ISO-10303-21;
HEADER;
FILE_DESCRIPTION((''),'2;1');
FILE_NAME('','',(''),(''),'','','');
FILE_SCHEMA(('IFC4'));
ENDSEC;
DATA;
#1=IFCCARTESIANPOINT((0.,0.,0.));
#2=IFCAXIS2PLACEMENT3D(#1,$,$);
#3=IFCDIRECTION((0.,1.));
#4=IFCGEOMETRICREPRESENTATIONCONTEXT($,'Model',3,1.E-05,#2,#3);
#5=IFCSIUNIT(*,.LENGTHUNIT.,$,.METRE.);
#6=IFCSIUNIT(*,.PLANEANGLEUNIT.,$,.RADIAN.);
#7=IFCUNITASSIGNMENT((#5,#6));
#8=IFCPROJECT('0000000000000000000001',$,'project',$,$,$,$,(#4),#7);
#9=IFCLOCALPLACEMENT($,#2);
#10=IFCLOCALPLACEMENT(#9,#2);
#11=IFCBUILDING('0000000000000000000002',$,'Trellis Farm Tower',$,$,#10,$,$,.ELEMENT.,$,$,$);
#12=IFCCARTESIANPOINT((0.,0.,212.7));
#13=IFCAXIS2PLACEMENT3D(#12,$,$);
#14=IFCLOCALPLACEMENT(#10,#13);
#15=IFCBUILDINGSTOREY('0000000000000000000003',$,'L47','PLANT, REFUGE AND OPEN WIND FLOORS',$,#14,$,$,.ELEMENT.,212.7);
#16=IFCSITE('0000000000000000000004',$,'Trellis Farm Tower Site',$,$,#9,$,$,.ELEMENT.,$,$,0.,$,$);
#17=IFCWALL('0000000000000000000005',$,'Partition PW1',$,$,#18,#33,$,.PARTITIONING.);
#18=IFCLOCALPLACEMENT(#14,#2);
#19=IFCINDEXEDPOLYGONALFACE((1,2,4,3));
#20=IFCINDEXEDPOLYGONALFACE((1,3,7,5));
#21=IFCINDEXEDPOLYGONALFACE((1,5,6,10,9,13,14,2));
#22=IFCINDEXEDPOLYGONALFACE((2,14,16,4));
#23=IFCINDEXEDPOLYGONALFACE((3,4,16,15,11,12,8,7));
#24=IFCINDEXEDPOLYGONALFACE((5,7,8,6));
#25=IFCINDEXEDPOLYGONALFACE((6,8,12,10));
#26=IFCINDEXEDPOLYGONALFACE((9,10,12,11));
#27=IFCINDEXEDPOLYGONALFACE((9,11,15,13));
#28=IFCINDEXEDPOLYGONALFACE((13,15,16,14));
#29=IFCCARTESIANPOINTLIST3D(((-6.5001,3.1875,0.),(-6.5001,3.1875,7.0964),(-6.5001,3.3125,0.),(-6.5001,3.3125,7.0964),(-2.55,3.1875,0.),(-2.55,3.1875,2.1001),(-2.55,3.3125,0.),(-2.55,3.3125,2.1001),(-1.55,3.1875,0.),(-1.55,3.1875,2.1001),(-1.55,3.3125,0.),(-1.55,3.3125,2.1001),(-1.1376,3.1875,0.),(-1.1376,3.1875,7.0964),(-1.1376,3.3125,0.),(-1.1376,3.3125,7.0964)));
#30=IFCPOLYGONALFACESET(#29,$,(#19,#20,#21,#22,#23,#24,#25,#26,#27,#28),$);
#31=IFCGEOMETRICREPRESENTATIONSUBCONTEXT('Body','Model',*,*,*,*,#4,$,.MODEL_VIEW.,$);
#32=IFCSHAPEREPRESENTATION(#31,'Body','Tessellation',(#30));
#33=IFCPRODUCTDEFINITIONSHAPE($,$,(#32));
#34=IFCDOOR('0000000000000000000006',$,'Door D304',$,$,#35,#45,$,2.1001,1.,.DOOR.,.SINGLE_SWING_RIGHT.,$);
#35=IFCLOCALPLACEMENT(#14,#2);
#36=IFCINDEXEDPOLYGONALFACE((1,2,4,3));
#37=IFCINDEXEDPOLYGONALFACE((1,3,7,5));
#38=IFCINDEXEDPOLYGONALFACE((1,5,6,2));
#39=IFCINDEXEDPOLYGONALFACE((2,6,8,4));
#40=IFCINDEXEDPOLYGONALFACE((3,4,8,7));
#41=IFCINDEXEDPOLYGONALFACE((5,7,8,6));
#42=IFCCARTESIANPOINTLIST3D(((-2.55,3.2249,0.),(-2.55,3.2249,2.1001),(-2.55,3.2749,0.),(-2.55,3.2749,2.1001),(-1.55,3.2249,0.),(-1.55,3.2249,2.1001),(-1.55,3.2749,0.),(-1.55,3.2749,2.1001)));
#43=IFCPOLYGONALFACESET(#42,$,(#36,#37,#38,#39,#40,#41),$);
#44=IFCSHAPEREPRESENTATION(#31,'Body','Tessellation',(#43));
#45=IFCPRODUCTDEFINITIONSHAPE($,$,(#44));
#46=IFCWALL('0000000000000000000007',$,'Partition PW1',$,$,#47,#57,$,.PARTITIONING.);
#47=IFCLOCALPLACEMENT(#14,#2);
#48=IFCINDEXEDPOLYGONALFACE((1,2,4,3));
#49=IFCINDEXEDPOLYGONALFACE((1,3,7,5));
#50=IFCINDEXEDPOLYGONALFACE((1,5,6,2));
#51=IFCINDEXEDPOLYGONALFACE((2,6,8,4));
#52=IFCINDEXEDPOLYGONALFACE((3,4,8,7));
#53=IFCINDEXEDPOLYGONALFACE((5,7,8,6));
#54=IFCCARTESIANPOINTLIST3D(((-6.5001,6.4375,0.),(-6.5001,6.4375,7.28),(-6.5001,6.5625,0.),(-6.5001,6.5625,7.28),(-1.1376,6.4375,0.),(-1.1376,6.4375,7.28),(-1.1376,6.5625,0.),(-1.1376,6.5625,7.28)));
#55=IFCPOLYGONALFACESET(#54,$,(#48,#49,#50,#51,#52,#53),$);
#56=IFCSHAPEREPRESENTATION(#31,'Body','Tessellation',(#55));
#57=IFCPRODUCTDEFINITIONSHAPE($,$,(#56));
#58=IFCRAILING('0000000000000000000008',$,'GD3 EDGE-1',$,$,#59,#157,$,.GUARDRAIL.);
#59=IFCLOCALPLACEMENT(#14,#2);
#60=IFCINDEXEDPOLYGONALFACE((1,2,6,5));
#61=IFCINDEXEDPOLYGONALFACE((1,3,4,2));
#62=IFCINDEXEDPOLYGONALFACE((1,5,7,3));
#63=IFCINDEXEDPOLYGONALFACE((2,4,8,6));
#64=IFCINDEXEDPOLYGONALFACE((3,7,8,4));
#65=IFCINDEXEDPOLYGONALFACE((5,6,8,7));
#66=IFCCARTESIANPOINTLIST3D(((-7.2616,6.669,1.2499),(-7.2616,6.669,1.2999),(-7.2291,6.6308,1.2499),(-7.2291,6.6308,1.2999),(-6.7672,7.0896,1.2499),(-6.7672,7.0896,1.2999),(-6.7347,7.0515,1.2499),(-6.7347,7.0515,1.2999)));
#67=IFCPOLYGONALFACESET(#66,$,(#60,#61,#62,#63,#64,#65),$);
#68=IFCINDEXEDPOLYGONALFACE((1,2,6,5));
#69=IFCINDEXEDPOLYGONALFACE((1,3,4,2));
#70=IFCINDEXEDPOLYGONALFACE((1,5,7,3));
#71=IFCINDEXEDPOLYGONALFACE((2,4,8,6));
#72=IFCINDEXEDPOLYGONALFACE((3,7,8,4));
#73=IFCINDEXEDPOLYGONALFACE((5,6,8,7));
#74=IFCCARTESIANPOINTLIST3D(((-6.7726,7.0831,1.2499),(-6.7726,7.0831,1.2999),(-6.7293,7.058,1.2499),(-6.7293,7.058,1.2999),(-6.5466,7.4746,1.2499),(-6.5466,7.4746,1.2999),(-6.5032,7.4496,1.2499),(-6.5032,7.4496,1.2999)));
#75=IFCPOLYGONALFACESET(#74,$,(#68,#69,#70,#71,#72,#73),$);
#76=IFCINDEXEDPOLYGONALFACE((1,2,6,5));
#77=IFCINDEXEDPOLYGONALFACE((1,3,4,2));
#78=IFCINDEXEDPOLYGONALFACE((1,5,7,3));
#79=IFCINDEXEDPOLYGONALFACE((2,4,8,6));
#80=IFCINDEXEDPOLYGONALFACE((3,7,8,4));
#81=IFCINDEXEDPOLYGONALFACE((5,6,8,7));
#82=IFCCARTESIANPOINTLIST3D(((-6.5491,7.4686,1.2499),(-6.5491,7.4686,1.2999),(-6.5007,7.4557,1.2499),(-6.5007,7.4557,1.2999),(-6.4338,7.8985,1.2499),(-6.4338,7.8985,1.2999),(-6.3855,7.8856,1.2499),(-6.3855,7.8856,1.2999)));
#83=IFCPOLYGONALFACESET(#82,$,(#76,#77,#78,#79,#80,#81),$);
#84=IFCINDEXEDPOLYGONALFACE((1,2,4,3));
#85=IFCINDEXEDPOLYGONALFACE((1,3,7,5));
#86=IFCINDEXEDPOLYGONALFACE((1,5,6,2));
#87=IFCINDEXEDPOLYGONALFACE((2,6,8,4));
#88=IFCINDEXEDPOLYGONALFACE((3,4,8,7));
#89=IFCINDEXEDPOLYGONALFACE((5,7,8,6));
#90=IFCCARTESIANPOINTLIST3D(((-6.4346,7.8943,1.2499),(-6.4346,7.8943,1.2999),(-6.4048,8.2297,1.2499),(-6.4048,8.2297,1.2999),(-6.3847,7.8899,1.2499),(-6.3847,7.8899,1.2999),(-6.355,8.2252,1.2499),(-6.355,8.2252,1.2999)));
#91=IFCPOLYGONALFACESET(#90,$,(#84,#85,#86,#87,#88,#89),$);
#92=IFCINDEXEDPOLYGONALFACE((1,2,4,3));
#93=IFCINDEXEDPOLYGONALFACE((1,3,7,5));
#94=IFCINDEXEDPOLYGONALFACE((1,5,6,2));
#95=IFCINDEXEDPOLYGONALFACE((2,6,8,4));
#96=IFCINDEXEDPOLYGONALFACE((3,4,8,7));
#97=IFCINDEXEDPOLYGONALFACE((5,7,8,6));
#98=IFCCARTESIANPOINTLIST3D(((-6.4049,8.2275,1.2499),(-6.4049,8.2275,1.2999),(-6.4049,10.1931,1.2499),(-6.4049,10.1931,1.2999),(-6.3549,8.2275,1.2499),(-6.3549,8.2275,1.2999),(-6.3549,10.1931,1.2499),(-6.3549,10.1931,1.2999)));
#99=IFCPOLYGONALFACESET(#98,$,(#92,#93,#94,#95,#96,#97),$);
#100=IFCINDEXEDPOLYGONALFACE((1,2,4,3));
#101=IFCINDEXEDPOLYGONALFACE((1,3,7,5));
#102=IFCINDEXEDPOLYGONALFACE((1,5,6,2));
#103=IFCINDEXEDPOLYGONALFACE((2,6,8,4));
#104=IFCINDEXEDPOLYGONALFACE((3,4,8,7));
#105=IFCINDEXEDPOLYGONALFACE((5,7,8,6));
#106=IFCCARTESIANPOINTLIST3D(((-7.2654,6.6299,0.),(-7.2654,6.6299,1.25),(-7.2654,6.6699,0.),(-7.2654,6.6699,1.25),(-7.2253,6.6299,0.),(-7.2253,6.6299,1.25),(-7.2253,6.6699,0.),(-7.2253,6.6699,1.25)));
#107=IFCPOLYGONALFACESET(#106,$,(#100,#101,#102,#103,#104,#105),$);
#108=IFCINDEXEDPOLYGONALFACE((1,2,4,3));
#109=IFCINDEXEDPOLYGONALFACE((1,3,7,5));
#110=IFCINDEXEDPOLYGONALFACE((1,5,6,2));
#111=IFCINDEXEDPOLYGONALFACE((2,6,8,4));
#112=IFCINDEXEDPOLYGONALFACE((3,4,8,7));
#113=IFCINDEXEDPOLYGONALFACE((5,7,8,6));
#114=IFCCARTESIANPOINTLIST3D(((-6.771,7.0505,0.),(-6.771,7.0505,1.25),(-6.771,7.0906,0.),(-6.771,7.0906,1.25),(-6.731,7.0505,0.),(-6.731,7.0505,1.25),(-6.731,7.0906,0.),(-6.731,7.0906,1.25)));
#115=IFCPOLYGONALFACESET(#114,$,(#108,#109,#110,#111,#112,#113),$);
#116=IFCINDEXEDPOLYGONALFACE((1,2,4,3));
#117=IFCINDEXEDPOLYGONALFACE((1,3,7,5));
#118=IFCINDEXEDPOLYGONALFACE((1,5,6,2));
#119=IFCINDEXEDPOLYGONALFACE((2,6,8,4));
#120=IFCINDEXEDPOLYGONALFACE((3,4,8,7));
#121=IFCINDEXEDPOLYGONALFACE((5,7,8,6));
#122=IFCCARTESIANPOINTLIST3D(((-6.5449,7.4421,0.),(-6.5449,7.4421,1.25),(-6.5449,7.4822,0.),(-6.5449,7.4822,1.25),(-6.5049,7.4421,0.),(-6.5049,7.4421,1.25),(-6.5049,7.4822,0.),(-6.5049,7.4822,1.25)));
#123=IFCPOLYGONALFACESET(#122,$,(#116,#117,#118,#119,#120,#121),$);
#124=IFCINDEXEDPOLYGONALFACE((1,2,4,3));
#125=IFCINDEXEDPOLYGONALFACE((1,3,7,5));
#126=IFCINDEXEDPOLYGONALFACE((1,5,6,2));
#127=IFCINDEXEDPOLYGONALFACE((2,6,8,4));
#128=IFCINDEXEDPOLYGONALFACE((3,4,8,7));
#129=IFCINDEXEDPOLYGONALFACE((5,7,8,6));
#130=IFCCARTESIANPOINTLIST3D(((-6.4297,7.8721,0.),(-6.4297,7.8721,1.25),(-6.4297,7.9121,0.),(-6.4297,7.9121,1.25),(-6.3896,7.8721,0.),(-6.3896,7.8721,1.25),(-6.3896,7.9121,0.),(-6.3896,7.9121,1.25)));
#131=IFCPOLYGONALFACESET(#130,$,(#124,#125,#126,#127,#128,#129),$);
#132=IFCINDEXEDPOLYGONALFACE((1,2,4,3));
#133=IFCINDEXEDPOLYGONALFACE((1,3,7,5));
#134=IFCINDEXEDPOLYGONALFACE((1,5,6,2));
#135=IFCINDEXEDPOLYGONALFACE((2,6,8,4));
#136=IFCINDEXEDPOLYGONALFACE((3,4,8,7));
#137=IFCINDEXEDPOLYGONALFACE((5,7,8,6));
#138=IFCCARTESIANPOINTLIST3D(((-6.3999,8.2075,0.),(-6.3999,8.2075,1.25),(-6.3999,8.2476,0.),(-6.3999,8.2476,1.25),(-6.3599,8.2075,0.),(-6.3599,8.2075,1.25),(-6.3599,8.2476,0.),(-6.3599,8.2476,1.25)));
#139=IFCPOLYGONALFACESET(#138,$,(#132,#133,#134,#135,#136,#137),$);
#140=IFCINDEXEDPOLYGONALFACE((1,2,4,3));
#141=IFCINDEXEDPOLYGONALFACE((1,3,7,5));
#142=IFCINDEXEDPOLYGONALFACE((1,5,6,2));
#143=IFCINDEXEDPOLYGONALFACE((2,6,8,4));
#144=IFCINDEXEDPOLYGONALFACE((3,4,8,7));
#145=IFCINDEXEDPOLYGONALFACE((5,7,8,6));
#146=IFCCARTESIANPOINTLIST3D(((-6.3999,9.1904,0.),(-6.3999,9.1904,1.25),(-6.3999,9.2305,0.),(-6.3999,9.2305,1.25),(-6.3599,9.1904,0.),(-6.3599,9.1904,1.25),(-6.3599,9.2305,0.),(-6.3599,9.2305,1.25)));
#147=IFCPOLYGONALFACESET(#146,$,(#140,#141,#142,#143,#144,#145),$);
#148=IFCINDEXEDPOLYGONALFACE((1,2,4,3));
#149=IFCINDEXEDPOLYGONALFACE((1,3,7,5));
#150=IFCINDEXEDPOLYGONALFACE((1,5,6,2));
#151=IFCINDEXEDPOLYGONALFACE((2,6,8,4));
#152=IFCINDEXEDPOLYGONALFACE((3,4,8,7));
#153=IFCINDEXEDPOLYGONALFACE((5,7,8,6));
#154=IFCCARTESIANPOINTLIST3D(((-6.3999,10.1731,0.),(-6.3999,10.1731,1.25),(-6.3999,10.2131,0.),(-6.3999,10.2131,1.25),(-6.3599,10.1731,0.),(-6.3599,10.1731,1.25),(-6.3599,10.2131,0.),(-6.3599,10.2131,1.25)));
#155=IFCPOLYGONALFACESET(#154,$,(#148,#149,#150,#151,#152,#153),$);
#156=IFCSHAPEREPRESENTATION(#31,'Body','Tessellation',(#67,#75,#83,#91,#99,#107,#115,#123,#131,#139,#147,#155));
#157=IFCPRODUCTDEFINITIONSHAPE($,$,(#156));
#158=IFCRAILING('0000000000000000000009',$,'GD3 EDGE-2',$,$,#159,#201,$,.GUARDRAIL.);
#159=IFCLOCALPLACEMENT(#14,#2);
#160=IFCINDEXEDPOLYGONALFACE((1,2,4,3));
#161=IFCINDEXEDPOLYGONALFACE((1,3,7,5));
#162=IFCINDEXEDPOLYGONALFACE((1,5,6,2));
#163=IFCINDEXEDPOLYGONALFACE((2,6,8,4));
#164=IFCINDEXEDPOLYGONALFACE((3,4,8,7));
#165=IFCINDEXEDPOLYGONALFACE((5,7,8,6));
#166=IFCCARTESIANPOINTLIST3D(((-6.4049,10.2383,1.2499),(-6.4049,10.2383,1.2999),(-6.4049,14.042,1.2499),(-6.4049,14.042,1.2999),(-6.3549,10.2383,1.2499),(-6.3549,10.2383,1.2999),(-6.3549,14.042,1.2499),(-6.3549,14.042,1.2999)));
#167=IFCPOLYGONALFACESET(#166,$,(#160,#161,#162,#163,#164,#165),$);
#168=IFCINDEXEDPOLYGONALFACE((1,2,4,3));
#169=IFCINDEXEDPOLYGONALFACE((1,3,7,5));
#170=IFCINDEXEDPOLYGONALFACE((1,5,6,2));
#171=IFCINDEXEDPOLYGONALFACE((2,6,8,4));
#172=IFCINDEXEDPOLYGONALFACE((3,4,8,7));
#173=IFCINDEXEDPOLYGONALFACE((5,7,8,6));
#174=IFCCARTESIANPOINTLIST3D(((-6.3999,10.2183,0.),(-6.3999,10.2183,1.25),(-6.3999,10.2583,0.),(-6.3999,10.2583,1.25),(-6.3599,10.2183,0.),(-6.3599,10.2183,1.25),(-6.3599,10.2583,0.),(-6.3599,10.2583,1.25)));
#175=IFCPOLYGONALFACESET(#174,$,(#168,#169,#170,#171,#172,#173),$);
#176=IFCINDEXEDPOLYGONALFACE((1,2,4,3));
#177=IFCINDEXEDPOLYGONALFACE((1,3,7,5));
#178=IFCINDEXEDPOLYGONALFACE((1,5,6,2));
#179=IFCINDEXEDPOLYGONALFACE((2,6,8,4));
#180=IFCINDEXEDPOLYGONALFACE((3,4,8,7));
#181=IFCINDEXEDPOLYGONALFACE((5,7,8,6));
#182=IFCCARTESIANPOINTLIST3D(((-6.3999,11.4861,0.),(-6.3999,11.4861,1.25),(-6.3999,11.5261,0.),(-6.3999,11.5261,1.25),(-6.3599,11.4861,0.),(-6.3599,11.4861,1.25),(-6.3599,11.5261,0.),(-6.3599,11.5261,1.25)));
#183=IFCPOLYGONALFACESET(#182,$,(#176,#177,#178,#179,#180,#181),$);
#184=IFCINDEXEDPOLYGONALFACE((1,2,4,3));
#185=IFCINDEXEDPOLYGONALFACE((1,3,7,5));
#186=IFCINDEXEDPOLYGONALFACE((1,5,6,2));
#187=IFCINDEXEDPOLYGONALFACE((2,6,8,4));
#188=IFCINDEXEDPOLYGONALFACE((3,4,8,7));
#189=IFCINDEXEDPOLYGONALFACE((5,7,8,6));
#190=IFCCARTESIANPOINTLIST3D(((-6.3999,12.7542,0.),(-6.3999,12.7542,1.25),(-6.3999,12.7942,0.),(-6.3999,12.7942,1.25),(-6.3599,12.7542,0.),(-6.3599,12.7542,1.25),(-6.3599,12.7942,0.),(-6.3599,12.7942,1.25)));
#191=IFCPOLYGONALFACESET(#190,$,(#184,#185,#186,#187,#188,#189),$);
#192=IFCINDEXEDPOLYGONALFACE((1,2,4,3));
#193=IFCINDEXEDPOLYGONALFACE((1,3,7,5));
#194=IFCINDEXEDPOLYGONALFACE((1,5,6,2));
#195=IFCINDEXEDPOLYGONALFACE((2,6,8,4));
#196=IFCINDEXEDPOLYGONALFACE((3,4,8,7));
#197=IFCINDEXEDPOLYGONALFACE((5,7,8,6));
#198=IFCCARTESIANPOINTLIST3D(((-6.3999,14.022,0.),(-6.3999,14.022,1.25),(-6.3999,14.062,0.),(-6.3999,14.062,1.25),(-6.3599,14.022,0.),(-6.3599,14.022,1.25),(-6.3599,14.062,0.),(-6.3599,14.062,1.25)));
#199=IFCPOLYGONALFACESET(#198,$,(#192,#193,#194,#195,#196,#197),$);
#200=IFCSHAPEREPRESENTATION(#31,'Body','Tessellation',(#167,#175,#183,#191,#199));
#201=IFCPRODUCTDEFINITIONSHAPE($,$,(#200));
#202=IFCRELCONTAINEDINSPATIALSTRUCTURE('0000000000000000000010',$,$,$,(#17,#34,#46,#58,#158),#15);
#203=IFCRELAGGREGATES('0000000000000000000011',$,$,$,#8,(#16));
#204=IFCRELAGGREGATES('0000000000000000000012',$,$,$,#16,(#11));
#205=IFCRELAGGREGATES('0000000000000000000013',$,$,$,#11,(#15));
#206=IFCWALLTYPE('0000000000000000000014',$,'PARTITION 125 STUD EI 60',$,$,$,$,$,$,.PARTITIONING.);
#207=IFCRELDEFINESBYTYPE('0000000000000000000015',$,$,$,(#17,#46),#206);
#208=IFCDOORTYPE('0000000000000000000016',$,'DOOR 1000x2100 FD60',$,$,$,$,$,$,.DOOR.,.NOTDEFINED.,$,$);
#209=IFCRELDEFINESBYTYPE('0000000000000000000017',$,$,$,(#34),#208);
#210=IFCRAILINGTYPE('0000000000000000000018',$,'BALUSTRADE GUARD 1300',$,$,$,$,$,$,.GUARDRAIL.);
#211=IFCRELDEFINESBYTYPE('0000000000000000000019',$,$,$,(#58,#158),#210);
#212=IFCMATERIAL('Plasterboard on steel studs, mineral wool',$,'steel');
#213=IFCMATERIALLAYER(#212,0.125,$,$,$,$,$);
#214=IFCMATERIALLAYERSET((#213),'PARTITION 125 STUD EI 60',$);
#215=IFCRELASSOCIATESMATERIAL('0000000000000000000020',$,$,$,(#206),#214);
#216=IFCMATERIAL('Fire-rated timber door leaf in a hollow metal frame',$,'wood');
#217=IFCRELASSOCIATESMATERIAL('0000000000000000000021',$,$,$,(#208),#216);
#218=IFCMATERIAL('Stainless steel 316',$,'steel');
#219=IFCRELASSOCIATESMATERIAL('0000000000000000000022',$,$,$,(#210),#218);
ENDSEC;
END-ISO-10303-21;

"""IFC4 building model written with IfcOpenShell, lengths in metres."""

from ifc_helpers import new_model, si_unit, direction, frame, frame_2d, origin, origin_2d, place, context, subcontext, project, spatial, rectangle, extrude, source, transform, mapped, material, layer, layer_set, type_object, element, fill, save


model = new_model("IFC4")

# Units and contexts
model_context = context("Model", 3, precision=1e-05, world=origin(), true_north=direction((0.0, 1.0)))
body_context = subcontext(model_context, "Body", "Model", "MODEL_VIEW")
ifc_project = project(units=[si_unit("LENGTHUNIT", "METRE"), si_unit("PLANEANGLEUNIT", "RADIAN")], contexts=[model_context])

# Site, building, storey
site_placement = place(None, origin())
site = spatial("IfcSite", under=ifc_project, at=site_placement, Name="Trellis Farm Tower Site", CompositionType="ELEMENT", RefElevation=0.0)
building_placement = place(site_placement, origin())
building = spatial("IfcBuilding", under=site, at=building_placement, Name="Trellis Farm Tower", CompositionType="ELEMENT")
storey_placement = place(building_placement, frame((0.0, 0.0, 212.7)))
storey = spatial("IfcBuildingStorey", under=building, at=storey_placement, Name="L47", Description="PLANT, REFUGE AND OPEN WIND FLOORS", CompositionType="ELEMENT", Elevation=212.7)

# Shared definitions
ifc_material_1 = material(Name="Plasterboard on steel studs, mineral wool", Category="steel")
ifc_layer_1 = layer(ifc_material_1, 0.125)
ifc_layer_set_1 = layer_set([ifc_layer_1], Name="PARTITION 125 STUD EI 60")
wall_type_1 = type_object("IfcWallType", Name="PARTITION 125 STUD EI 60", PredefinedType="PARTITIONING", material=ifc_layer_set_1)

# Wall, opening, door
shared_shape_1 = source(origin(), body_context, "Body", "SweptSolid", [
    extrude(rectangle(XDim=5.3625, YDim=0.125, at=frame_2d((2.6812, 0.0))), origin(), (0.0, 0.0, 1.0), 7.0964),
])
wall_1_placement = place(storey_placement, frame((-6.5, 3.25, 0.0), z_axis=(0.0, 0.0, 1.0), x_axis=(1.0, 0.0, 0.0)))
wall_1 = element("IfcWall", 1, at=wall_1_placement, inside=storey, type_object=wall_type_1, Name="Partition PW1", PredefinedType="PARTITIONING", context=body_context, shape_type="MappedRepresentation", body=[
    mapped(shared_shape_1, transform((0.0, 0.0, 0.0))),
])
shared_shape_2 = source(origin(), body_context, "Body", "SweptSolid", [
    extrude(rectangle(XDim=1.0, YDim=2.1001, at=frame_2d((0.5, 1.05))), frame((0.0, 0.0725, 0.0), z_axis=(0.0, -1.0, 0.0), x_axis=(1.0, 0.0, 0.0)), (0.0, 0.0, 1.0), 0.145),
])
opening_1_placement = place(wall_1_placement, frame((3.95, 0.0, 0.0)))
opening_1 = element("IfcOpeningElement", 2, at=opening_1_placement, cuts=wall_1, PredefinedType="OPENING", context=body_context, shape_type="MappedRepresentation", body=[
    mapped(shared_shape_2, transform((0.0, 0.0, 0.0))),
])
ifc_material_2 = material(Name="Fire-rated timber door leaf in a hollow metal frame", Category="wood")
door_type_1 = type_object("IfcDoorType", Name="DOOR 1000x2100 FD60", OperationType="NOTDEFINED", PredefinedType="DOOR", material=ifc_material_2)
shared_shape_3 = source(origin(), body_context, "Body", "SweptSolid", [
    extrude(rectangle(XDim=1.0, YDim=2.1001, at=frame_2d((0.5, 1.05))), frame((0.0, 0.0249, 0.0), z_axis=(0.0, -1.0, 0.0), x_axis=(1.0, 0.0, 0.0)), (0.0, 0.0, 1.0), 0.05),
])
door_1_placement = place(opening_1_placement, origin())
door_1 = element("IfcDoor", 3, at=door_1_placement, inside=storey, type_object=door_type_1, Name="Door D304", OperationType="SINGLE_SWING_RIGHT", OverallHeight=2.1001, OverallWidth=1.0, PredefinedType="DOOR", context=body_context, shape_type="MappedRepresentation", body=[
    mapped(shared_shape_3, transform((0.0, 0.0, 0.0))),
])
fill(opening_1, door_1)

# Wall
shared_shape_4 = source(origin(), body_context, "Body", "SweptSolid", [
    extrude(rectangle(XDim=5.3625, YDim=0.125, at=frame_2d((2.6812, 0.0))), origin(), (0.0, 0.0, 1.0), 7.28),
])
wall_2_placement = place(storey_placement, frame((-6.5, 6.5, 0.0), z_axis=(0.0, 0.0, 1.0), x_axis=(1.0, 0.0, 0.0)))
element("IfcWall", 4, at=wall_2_placement, inside=storey, type_object=wall_type_1, Name="Partition PW1", PredefinedType="PARTITIONING", context=body_context, shape_type="MappedRepresentation", body=[
    mapped(shared_shape_4, transform((0.0, 0.0, 0.0))),
])

# Railings
ifc_material_3 = material(Name="Stainless steel 316", Category="steel")
railing_type = type_object("IfcRailingType", Name="BALUSTRADE GUARD 1300", PredefinedType="GUARDRAIL", material=ifc_material_3)
railing_1_placement = place(storey_placement, frame((-7.2454, 6.6499, 0.0)))
element("IfcRailing", 5, at=railing_1_placement, inside=storey, type_object=railing_type, Name="GD3 EDGE-1", PredefinedType="GUARDRAIL", context=body_context, shape_type="SweptSolid", body=[
    extrude(rectangle(XDim=0.05, YDim=0.05, at=origin_2d()), frame((0.0, 0.0, 1.2749), z_axis=(0.761614, 0.64803, 0.0), x_axis=(-0.64803, 0.761614, 0.0)), (0.0, 0.0, 1.0), 0.6492),
    extrude(rectangle(XDim=0.05, YDim=0.05, at=origin_2d()), frame((0.4944, 0.4207, 1.2749), z_axis=(0.499972, 0.866042, 0.0), x_axis=(-0.866042, 0.499972, 0.0)), (0.0, 0.0, 1.0), 0.4521),
    extrude(rectangle(XDim=0.05, YDim=0.05, at=origin_2d()), frame((0.7205, 0.8123, 1.2749), z_axis=(0.258891, 0.965906, 0.0), x_axis=(-0.965906, 0.258891, 0.0)), (0.0, 0.0, 1.0), 0.4451),
    extrude(rectangle(XDim=0.05, YDim=0.05, at=origin_2d()), frame((0.8357, 1.2422, 1.2749), z_axis=(0.088444, 0.996081, 0.0), x_axis=(-0.996081, 0.088444, 0.0)), (0.0, 0.0, 1.0), 0.3367),
    extrude(rectangle(XDim=0.05, YDim=0.05, at=origin_2d()), frame((0.8655, 1.5776, 1.2749), z_axis=(0.0, 1.0, 0.0), x_axis=(-1.0, 0.0, 0.0)), (0.0, 0.0, 1.0), 1.9656),
    extrude(rectangle(XDim=0.04, YDim=0.04, at=origin_2d()), origin(), (0.0, 0.0, 1.0), 1.25),
    extrude(rectangle(XDim=0.04, YDim=0.04, at=origin_2d()), frame((0.4944, 0.4207, 0.0)), (0.0, 0.0, 1.0), 1.25),
    extrude(rectangle(XDim=0.04, YDim=0.04, at=origin_2d()), frame((0.7205, 0.8123, 0.0)), (0.0, 0.0, 1.0), 1.25),
    extrude(rectangle(XDim=0.04, YDim=0.04, at=origin_2d()), frame((0.8357, 1.2422, 0.0)), (0.0, 0.0, 1.0), 1.25),
    extrude(rectangle(XDim=0.04, YDim=0.04, at=origin_2d()), frame((0.8655, 1.5776, 0.0)), (0.0, 0.0, 1.0), 1.25),
    extrude(rectangle(XDim=0.04, YDim=0.04, at=origin_2d()), frame((0.8655, 2.5605, 0.0)), (0.0, 0.0, 1.0), 1.25),
    extrude(rectangle(XDim=0.04, YDim=0.04, at=origin_2d()), frame((0.8655, 3.5432, 0.0)), (0.0, 0.0, 1.0), 1.25),
])
shared_shape_5 = source(origin(), body_context, "Body", "SweptSolid", [
    extrude(rectangle(XDim=0.05, YDim=0.05, at=origin_2d()), frame((0.0, 0.0, 1.2749), z_axis=(0.0, 1.0, 0.0), x_axis=(-1.0, 0.0, 0.0)), (0.0, 0.0, 1.0), 3.8037),
    extrude(rectangle(XDim=0.04, YDim=0.04, at=origin_2d()), origin(), (0.0, 0.0, 1.0), 1.25),
    extrude(rectangle(XDim=0.04, YDim=0.04, at=origin_2d()), frame((0.0, 1.2678, 0.0)), (0.0, 0.0, 1.0), 1.25),
    extrude(rectangle(XDim=0.04, YDim=0.04, at=origin_2d()), frame((0.0, 2.5359, 0.0)), (0.0, 0.0, 1.0), 1.25),
    extrude(rectangle(XDim=0.04, YDim=0.04, at=origin_2d()), frame((0.0, 3.8037, 0.0)), (0.0, 0.0, 1.0), 1.25),
])
railing_2_placement = place(storey_placement, frame((-6.3799, 10.2383, 0.0)))
element("IfcRailing", 6, at=railing_2_placement, inside=storey, type_object=railing_type, Name="GD3 EDGE-2", PredefinedType="GUARDRAIL", context=body_context, shape_type="MappedRepresentation", body=[
    mapped(shared_shape_5, transform((0.0, 0.0, 0.0))),
])

save(model, "model.ifc")
